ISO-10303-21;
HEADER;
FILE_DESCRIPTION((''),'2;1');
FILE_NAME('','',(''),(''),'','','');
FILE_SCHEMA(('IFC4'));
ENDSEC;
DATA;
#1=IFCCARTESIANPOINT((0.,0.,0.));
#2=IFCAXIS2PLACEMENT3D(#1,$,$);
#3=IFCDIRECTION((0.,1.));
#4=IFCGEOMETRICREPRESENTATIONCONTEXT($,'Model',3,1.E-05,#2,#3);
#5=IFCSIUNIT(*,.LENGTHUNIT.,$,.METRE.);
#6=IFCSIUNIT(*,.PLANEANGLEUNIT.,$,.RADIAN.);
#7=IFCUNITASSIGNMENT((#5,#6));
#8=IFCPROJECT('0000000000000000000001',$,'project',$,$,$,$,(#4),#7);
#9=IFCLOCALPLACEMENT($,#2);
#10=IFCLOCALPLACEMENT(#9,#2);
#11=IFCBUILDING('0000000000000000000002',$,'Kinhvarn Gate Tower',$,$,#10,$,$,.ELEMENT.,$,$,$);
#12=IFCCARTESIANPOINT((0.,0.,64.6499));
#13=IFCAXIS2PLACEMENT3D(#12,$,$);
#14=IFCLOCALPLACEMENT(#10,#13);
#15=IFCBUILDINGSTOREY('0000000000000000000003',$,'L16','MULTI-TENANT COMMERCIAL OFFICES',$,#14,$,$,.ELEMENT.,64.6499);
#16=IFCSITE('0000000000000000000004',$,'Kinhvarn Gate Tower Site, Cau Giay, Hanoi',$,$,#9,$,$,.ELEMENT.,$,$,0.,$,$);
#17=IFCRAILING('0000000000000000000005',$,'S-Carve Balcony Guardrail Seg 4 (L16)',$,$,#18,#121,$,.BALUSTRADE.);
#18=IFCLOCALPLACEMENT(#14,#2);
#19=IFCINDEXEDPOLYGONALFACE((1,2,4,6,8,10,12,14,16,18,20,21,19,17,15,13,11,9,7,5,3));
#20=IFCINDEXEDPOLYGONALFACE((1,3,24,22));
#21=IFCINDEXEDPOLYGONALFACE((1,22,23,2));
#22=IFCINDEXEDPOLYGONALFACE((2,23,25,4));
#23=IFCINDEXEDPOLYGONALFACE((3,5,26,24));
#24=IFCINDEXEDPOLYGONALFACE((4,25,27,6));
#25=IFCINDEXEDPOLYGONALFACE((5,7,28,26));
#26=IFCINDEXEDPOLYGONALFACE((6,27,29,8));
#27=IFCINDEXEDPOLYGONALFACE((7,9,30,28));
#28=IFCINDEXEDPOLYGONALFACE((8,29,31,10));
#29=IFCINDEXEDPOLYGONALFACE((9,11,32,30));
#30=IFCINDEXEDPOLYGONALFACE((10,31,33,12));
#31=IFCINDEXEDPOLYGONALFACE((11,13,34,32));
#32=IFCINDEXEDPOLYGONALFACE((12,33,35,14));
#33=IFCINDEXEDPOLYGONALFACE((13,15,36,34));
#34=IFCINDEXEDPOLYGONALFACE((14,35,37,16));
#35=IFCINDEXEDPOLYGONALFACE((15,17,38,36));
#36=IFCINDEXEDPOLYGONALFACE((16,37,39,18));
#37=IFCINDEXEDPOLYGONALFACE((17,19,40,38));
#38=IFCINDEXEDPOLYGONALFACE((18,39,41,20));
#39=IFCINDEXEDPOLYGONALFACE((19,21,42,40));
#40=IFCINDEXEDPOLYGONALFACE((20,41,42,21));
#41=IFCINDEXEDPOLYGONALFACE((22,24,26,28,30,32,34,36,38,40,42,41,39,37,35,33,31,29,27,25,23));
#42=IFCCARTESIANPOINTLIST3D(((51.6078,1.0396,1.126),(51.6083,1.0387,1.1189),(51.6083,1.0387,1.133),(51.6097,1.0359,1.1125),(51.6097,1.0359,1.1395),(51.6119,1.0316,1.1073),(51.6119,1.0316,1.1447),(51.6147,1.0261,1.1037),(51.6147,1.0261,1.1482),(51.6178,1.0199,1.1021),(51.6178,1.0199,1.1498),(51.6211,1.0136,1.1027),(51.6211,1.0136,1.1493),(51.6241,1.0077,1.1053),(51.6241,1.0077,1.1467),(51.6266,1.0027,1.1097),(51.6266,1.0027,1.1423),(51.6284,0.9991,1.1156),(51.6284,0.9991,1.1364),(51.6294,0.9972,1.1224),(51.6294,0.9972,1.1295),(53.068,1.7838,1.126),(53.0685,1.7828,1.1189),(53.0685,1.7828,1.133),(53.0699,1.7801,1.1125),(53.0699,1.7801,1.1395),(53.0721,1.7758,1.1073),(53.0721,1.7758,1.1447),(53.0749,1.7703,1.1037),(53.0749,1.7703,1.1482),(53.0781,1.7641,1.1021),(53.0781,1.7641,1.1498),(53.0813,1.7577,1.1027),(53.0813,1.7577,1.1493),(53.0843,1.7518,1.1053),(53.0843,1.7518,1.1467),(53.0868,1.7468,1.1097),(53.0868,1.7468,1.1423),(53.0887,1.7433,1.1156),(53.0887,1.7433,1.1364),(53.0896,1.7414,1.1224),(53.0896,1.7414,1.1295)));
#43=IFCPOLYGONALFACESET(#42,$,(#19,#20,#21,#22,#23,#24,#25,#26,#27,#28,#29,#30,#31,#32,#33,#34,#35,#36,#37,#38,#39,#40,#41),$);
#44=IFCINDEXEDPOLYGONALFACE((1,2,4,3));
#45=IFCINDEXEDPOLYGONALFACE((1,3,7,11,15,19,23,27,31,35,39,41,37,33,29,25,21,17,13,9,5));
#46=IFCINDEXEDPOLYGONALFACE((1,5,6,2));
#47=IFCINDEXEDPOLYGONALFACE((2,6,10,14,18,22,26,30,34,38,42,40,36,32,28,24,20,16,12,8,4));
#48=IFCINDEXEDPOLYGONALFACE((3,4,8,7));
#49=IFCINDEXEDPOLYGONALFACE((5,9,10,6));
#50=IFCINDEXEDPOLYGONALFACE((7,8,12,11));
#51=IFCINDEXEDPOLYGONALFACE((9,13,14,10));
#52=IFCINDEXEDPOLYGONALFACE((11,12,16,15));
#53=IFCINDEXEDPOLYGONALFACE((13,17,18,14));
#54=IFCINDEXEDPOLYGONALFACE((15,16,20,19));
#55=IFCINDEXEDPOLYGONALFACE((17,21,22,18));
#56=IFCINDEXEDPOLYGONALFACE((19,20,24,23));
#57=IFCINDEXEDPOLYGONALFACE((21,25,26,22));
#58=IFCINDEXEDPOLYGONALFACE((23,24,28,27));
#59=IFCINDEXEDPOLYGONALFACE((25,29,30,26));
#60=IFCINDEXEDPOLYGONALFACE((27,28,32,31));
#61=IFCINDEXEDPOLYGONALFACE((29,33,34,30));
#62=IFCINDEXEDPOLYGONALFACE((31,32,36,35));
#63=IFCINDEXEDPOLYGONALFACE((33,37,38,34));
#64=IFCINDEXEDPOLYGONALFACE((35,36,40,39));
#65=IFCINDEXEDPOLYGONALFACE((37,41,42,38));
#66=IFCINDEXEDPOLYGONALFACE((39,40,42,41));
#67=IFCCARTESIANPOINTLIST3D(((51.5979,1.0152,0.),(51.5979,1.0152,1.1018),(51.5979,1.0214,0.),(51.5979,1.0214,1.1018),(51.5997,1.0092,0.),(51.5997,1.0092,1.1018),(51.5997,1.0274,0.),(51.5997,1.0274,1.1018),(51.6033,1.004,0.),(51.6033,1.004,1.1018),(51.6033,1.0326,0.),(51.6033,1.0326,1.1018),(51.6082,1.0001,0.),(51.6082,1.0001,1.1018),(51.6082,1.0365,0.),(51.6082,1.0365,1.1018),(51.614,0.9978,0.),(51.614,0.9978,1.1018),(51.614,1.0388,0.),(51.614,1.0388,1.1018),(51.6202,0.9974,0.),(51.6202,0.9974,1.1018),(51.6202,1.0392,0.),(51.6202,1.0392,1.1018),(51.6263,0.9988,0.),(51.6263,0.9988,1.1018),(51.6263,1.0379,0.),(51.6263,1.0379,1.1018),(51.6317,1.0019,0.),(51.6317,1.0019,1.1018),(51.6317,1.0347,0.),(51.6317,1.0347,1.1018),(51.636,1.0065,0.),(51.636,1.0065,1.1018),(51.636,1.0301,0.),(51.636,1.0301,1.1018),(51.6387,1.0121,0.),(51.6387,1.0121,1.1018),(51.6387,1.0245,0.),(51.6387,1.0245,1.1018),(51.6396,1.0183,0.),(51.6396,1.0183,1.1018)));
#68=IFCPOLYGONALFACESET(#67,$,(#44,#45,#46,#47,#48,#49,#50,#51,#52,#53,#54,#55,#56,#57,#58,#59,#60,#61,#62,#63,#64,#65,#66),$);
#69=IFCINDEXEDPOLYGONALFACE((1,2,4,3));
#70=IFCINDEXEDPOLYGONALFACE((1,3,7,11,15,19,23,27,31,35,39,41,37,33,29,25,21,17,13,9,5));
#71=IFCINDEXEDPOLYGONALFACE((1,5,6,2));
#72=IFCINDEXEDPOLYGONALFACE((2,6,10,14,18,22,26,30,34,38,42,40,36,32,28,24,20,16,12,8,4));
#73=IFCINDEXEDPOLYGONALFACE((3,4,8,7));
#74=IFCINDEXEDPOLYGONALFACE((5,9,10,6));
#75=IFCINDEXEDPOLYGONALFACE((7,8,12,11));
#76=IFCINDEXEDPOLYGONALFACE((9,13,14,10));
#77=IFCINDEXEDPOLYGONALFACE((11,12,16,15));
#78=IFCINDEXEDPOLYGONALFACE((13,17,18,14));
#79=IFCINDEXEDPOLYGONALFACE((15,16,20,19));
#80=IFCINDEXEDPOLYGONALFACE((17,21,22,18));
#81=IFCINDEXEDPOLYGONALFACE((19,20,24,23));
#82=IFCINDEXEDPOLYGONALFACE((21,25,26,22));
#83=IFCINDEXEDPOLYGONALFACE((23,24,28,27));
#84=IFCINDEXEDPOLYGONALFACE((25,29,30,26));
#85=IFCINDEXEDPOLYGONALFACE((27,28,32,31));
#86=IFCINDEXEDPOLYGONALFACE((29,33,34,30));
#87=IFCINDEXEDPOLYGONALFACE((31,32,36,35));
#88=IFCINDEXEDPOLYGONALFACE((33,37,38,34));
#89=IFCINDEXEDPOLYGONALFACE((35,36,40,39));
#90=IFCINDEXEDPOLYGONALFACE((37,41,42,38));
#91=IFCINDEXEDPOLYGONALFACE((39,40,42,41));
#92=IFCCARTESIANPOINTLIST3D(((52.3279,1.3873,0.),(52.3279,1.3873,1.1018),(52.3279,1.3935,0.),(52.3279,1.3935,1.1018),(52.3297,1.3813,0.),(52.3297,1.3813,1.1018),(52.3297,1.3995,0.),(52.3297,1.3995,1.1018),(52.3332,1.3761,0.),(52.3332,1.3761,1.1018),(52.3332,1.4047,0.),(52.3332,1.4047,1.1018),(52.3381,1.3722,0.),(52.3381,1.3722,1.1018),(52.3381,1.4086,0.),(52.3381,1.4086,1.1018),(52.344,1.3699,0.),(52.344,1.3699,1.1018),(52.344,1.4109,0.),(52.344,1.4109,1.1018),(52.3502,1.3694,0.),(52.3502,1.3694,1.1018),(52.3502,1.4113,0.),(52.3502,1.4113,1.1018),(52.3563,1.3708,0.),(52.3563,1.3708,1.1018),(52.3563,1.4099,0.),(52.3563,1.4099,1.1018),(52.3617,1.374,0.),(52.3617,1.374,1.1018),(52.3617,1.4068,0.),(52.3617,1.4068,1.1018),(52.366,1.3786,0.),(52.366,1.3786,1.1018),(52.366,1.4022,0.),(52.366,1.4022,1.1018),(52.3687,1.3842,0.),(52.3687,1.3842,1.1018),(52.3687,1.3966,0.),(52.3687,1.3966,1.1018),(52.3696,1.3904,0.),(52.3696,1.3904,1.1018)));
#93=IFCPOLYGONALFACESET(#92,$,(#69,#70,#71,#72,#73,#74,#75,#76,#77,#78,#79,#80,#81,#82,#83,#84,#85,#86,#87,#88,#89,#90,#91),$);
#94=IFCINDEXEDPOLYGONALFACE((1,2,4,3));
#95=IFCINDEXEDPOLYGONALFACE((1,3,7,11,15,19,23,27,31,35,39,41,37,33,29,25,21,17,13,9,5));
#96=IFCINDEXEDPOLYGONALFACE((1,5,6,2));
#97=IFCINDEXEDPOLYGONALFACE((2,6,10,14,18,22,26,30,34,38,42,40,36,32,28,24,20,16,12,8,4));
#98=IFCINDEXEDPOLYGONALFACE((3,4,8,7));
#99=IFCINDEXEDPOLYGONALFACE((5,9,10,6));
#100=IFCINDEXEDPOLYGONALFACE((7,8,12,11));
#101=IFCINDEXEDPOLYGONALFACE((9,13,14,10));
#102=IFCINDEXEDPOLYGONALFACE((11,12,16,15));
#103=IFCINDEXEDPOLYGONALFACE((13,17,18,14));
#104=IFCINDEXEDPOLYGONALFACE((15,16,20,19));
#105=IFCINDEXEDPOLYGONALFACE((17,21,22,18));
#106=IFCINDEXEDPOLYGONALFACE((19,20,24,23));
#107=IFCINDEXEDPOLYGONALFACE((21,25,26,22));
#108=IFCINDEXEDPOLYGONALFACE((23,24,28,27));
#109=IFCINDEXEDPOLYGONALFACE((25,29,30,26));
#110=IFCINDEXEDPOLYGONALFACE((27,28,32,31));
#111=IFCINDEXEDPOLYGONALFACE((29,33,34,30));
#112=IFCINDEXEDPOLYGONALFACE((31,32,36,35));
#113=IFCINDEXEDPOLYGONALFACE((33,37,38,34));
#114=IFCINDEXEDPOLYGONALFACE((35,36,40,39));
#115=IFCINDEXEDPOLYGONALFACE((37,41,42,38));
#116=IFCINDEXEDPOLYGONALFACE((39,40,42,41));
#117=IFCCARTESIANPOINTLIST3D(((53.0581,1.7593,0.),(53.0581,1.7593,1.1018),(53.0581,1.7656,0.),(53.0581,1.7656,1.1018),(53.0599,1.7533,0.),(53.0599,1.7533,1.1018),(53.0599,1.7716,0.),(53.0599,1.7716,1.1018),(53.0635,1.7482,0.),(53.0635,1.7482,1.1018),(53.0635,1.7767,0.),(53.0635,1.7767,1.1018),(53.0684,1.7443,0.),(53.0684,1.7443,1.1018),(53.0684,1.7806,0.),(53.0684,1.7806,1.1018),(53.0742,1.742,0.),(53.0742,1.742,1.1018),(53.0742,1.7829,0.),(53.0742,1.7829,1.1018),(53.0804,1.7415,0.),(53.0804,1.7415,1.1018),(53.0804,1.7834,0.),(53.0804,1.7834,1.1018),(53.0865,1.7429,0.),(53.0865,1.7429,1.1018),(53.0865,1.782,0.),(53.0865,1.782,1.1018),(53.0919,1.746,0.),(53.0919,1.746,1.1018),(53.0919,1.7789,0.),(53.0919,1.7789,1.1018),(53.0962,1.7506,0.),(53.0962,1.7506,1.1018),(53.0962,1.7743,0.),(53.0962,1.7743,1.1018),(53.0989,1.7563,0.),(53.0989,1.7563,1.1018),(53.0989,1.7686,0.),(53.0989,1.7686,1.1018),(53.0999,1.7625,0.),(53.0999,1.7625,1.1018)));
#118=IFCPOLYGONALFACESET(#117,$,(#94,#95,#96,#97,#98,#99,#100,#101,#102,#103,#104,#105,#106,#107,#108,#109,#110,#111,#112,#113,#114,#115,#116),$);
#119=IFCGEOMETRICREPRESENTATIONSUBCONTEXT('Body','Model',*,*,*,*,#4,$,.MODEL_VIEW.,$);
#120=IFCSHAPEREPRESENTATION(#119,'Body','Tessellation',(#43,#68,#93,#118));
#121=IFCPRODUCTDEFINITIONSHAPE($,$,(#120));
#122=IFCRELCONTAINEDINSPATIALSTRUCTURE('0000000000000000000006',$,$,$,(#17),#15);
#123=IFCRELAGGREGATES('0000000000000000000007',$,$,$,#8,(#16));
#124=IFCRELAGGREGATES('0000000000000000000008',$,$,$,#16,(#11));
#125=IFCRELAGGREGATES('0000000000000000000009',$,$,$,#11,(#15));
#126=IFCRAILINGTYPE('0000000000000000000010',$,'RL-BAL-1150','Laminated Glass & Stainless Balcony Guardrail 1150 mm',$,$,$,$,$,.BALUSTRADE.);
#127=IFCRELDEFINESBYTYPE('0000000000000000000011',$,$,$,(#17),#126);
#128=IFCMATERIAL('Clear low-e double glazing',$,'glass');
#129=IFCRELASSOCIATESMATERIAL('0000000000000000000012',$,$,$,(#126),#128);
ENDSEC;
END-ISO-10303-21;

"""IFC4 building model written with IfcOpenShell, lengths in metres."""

from ifc_helpers import new_model, si_unit, direction, frame, origin, origin_2d, place, context, subcontext, project, spatial, circle, extrude, material, type_object, element, save


model = new_model("IFC4")

# Units and contexts
model_context = context("Model", 3, precision=1e-05, world=origin(), true_north=direction((0.0, 1.0)))
body_context = subcontext(model_context, "Body", "Model", "MODEL_VIEW")
ifc_project = project(units=[si_unit("LENGTHUNIT", "METRE"), si_unit("PLANEANGLEUNIT", "RADIAN")], contexts=[model_context])

# Site, building, storey
site_placement = place(None, origin())
site = spatial("IfcSite", under=ifc_project, at=site_placement, Name="Kinhvarn Gate Tower Site, Cau Giay, Hanoi", CompositionType="ELEMENT", RefElevation=0.0)
building_placement = place(site_placement, origin())
building = spatial("IfcBuilding", under=site, at=building_placement, Name="Kinhvarn Gate Tower", CompositionType="ELEMENT")
storey_placement = place(building_placement, frame((0.0, 0.0, 64.6499)))
storey = spatial("IfcBuildingStorey", under=building, at=storey_placement, Name="L16", Description="MULTI-TENANT COMMERCIAL OFFICES", CompositionType="ELEMENT", Elevation=64.6499)

# Shared definitions
ifc_material_1 = material(Name="Clear low-e double glazing", Category="glass")

# Railing
railing_type = type_object("IfcRailingType", Name="RL-BAL-1150", Description="Laminated Glass & Stainless Balcony Guardrail 1150 mm", PredefinedType="BALUSTRADE", material=ifc_material_1)
railing_1_placement = place(storey_placement, frame((51.6187, 1.0183, 0.0)))
element("IfcRailing", 1, at=railing_1_placement, inside=storey, type_object=railing_type, Name="S-Carve Balcony Guardrail Seg 4 (L16)", PredefinedType="BALUSTRADE", context=body_context, shape_type="SweptSolid", body=[
    extrude(circle(Radius=0.0239, at=origin_2d()), frame((0.0, 0.0, 1.126), z_axis=(0.890975, 0.454053, 0.0), x_axis=(-0.454053, 0.890975, 0.0)), (0.0, 0.0, 1.0), 1.6389),
    extrude(circle(Radius=0.021, at=origin_2d()), origin(), (0.0, 0.0, 1.0), 1.1018),
    extrude(circle(Radius=0.021, at=origin_2d()), frame((0.73, 0.3721, 0.0)), (0.0, 0.0, 1.0), 1.1018),
    extrude(circle(Radius=0.021, at=origin_2d()), frame((1.4602, 0.7441, 0.0)), (0.0, 0.0, 1.0), 1.1018),
])

save(model, "model.ifc")
